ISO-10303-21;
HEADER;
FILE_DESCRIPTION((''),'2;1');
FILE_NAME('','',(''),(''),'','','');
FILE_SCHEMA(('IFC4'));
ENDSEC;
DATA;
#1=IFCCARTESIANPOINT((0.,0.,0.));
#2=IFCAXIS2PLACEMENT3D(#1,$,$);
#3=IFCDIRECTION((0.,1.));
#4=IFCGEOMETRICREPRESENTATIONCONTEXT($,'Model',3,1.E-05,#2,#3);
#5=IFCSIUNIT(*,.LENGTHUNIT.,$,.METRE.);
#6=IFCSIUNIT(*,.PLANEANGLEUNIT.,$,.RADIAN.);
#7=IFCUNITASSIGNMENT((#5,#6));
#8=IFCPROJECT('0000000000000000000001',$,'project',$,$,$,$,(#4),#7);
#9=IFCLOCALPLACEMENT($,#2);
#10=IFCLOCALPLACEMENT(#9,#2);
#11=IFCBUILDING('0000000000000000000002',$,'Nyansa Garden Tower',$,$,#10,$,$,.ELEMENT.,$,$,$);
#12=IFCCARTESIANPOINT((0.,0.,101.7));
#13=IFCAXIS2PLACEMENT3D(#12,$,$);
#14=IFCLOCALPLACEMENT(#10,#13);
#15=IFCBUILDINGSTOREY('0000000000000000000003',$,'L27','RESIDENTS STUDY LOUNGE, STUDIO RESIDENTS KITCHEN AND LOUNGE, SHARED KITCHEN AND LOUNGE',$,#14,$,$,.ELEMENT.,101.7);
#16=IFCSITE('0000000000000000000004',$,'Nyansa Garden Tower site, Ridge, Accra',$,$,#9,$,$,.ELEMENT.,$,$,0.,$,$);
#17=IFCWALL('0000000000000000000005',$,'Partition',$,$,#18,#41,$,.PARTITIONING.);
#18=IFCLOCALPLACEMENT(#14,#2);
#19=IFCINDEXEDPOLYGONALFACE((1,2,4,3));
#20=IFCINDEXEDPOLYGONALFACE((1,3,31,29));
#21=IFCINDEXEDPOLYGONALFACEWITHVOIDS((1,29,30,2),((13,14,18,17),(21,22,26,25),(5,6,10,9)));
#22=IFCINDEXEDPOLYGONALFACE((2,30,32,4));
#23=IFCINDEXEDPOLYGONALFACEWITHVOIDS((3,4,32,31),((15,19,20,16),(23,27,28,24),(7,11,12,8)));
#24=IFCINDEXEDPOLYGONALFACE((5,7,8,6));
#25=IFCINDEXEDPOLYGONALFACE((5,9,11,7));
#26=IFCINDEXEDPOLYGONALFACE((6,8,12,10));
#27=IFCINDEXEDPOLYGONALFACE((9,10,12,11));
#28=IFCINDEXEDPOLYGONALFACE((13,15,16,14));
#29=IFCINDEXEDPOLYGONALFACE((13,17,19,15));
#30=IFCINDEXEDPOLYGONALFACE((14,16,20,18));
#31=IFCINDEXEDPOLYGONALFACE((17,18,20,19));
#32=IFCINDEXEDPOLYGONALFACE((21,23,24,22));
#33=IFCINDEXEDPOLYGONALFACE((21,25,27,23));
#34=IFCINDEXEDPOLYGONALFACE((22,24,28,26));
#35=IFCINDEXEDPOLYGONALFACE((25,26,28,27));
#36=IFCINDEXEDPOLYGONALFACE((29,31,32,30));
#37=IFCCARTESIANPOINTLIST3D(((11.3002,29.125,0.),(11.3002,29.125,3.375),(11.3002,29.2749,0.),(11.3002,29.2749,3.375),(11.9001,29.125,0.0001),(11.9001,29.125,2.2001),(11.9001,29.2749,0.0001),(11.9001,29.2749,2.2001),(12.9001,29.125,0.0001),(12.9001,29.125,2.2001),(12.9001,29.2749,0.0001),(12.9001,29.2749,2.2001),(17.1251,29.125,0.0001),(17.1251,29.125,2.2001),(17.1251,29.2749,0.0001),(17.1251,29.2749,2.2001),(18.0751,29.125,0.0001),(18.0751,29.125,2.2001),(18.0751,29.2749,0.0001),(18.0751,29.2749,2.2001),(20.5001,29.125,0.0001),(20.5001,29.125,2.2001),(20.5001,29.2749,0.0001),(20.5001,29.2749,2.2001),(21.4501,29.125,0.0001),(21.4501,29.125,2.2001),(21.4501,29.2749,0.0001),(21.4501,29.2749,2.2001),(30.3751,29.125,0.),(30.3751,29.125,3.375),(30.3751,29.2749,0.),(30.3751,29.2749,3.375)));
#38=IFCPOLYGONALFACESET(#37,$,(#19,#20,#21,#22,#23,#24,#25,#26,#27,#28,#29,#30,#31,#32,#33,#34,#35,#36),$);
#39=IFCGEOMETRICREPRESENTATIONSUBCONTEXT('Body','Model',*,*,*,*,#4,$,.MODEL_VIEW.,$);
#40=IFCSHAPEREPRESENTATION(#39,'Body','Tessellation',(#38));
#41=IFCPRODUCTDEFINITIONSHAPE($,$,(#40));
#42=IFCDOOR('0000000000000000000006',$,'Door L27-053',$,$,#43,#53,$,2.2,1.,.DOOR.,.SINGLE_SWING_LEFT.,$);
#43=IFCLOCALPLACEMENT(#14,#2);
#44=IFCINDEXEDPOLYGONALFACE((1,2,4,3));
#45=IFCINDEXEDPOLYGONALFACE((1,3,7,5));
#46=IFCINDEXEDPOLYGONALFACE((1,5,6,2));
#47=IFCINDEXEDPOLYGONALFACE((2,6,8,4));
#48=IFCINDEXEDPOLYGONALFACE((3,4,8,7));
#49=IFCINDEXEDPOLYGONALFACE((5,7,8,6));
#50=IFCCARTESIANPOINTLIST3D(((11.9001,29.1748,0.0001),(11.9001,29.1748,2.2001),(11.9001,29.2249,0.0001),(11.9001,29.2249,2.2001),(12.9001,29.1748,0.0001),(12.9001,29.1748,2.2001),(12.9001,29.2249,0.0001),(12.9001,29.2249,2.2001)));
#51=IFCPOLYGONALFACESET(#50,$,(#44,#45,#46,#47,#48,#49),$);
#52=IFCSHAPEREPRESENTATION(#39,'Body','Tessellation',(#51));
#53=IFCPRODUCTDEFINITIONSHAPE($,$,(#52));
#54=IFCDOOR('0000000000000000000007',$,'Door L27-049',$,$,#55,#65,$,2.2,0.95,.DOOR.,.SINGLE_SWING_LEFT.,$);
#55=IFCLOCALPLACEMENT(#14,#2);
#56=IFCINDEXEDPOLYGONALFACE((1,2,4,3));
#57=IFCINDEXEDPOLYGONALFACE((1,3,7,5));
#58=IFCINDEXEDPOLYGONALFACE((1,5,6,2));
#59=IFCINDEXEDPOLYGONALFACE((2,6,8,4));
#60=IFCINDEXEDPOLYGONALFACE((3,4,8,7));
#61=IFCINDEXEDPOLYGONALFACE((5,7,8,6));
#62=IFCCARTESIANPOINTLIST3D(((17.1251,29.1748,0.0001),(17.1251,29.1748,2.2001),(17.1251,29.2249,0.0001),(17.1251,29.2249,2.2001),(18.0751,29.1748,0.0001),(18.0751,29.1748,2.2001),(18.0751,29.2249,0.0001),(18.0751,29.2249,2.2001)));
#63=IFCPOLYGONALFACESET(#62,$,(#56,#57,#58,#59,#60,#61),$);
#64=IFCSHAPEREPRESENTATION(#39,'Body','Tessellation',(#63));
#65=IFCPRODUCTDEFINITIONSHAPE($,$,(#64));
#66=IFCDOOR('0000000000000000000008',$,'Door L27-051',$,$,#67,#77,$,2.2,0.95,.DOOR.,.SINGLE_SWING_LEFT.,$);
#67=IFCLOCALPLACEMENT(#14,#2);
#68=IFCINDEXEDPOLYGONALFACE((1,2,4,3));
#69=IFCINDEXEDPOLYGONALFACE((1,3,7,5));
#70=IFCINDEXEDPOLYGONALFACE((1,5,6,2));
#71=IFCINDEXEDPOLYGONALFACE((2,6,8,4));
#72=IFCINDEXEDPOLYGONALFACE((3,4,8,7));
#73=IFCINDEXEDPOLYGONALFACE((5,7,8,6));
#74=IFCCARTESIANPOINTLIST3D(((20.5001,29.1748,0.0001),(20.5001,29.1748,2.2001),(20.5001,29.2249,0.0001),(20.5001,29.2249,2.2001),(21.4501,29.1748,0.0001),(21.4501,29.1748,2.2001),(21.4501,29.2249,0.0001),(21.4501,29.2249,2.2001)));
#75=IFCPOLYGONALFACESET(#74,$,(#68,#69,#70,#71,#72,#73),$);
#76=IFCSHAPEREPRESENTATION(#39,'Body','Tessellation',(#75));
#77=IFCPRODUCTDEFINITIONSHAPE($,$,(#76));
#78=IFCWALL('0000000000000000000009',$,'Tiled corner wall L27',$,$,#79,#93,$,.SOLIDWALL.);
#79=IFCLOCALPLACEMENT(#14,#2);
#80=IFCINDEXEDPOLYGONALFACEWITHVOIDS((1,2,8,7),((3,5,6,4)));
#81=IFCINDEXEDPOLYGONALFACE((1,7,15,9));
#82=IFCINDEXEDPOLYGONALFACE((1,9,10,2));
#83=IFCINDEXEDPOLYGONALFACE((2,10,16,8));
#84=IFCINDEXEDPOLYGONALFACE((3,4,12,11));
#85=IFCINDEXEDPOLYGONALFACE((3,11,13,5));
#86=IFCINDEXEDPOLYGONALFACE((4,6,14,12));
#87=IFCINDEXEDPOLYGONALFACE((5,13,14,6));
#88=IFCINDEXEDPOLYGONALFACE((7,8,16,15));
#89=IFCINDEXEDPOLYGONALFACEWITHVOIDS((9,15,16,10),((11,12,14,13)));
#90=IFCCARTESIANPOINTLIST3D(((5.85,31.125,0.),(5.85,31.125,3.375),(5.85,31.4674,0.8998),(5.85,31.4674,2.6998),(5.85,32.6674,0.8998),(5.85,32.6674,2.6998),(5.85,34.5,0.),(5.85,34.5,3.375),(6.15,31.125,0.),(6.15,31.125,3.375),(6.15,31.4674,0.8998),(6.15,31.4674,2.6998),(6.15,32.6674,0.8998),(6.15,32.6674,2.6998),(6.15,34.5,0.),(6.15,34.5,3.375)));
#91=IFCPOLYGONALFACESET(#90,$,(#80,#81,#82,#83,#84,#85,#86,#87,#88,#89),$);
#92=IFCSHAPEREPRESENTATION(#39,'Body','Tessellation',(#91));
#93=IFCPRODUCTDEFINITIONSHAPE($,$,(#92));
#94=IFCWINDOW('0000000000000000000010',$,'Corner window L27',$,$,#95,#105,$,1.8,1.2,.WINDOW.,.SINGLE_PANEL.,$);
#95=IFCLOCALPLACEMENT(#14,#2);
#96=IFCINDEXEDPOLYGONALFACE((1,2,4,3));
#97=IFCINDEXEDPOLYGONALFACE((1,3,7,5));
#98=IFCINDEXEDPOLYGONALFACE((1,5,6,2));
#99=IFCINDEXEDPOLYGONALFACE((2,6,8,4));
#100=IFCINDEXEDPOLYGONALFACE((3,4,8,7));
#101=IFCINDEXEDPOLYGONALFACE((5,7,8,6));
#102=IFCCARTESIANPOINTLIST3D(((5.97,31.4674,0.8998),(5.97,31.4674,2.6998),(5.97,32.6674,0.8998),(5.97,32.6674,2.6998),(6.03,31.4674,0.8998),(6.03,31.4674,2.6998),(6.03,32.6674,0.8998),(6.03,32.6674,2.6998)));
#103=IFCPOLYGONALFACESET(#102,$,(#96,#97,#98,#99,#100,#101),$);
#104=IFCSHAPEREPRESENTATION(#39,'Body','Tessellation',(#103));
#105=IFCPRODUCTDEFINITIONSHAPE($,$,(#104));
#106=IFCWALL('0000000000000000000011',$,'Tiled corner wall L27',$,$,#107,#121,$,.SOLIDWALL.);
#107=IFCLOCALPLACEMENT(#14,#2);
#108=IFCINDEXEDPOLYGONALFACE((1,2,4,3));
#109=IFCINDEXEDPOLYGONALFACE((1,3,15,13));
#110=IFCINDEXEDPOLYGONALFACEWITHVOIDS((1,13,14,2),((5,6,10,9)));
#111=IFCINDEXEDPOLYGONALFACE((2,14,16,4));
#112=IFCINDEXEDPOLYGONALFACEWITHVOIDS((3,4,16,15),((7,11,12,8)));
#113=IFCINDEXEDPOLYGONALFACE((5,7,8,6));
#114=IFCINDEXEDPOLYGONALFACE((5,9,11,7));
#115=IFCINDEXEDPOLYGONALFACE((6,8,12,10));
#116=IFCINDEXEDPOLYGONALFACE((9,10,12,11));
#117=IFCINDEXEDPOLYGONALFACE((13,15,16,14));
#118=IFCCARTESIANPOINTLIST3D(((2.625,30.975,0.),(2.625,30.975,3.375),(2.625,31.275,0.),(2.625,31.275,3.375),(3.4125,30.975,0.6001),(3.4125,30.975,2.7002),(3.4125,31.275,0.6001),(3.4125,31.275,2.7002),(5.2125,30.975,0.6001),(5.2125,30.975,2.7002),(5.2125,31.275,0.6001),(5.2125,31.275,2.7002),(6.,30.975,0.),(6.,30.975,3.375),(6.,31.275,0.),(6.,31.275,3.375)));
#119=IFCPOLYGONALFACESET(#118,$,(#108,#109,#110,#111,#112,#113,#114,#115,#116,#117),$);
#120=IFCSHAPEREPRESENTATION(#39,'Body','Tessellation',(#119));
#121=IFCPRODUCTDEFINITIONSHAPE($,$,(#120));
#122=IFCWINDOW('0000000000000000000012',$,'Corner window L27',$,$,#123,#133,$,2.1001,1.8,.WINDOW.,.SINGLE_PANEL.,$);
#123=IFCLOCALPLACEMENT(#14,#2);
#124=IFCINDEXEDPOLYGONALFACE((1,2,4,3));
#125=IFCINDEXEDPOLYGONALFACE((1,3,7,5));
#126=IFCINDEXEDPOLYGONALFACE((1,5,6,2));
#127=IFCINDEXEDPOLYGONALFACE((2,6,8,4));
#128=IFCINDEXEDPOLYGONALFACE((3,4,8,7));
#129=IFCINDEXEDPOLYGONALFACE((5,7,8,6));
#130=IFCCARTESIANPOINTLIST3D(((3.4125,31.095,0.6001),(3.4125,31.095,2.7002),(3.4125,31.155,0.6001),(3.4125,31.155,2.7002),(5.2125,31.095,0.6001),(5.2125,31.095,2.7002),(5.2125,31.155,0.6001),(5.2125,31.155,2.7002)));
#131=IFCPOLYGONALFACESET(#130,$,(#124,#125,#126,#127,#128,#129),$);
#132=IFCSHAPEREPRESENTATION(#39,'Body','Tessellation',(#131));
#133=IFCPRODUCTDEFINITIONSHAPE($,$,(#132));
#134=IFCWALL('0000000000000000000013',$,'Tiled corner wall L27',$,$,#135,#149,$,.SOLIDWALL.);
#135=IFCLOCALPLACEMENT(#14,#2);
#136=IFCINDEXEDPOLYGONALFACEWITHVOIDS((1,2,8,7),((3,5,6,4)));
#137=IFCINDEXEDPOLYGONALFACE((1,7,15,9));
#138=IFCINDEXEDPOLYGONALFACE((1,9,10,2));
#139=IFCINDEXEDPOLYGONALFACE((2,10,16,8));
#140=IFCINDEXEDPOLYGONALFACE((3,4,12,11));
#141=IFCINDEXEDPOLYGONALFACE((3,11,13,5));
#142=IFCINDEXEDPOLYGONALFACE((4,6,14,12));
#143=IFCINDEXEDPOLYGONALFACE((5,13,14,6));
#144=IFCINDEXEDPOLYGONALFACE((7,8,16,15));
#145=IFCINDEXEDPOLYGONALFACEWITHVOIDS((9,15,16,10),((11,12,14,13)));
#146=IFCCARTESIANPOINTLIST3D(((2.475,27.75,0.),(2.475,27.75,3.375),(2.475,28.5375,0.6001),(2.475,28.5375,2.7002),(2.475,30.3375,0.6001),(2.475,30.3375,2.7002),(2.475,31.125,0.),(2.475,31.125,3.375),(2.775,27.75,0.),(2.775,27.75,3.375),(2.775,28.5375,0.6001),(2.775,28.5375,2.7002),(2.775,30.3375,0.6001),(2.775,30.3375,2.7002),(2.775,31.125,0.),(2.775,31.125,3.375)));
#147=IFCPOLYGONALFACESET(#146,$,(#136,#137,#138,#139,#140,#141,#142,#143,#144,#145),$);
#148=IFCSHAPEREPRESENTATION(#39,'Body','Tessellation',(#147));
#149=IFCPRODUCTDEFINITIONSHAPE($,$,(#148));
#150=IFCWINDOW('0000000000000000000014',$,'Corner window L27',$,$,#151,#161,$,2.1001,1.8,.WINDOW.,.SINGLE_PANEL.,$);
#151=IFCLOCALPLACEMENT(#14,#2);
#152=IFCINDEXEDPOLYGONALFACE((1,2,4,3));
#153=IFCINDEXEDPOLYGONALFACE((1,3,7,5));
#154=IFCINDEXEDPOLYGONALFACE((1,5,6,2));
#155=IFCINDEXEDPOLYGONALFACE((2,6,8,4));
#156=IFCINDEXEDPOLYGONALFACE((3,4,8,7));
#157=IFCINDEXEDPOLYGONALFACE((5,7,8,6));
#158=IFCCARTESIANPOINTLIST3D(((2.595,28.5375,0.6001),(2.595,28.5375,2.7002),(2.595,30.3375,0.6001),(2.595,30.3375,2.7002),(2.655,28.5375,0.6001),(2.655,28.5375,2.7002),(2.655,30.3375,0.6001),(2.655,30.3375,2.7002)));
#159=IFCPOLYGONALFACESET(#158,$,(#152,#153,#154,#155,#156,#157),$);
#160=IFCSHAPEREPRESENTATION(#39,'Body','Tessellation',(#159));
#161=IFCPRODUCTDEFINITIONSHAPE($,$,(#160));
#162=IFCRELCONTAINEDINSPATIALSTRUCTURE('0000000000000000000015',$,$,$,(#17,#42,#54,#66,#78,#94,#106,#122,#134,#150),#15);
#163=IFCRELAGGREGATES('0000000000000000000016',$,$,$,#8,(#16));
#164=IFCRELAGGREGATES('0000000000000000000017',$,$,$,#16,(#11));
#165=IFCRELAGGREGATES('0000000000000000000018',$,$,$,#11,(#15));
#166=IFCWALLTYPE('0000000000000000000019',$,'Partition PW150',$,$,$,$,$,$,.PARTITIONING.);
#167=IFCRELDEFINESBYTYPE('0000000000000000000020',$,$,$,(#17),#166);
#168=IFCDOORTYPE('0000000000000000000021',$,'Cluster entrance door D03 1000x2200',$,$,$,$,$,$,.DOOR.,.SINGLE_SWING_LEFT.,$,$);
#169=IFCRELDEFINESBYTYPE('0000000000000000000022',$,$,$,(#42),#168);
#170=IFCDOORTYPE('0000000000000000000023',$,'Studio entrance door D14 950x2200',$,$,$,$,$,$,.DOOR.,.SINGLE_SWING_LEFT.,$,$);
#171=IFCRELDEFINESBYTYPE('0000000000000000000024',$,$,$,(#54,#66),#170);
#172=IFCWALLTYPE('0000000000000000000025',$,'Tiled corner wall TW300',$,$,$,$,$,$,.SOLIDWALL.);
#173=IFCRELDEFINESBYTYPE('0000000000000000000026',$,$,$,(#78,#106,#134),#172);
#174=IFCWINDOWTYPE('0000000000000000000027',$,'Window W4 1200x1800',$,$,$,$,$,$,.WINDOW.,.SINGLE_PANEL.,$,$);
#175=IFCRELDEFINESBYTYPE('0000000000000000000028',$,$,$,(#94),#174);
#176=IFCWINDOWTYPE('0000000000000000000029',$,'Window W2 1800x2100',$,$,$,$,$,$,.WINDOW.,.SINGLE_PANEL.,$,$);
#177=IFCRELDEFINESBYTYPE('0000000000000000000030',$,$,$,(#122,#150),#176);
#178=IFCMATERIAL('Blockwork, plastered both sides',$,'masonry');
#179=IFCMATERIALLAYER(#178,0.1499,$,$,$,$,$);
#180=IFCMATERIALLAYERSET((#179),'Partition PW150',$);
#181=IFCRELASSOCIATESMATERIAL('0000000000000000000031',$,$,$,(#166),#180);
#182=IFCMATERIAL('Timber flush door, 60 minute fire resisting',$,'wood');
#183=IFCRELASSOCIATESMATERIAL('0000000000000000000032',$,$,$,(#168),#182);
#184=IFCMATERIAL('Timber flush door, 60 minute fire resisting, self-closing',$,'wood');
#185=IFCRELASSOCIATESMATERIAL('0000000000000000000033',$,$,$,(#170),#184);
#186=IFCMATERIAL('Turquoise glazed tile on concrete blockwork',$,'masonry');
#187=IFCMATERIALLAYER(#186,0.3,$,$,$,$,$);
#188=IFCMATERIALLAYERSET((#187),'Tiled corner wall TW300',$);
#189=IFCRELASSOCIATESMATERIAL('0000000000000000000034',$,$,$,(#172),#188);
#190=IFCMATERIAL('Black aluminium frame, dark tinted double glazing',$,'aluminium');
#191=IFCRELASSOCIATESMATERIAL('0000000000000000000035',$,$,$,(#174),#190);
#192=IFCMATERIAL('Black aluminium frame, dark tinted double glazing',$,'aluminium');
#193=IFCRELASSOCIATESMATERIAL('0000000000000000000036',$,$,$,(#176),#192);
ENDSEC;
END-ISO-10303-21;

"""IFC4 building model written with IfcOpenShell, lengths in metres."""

from ifc_helpers import new_model, si_unit, direction, frame, frame_2d, origin, place, context, subcontext, project, spatial, rectangle, extrude, material, layer, layer_set, type_object, element, fill, save


model = new_model("IFC4")

# Units and contexts
model_context = context("Model", 3, precision=1e-05, world=origin(), true_north=direction((0.0, 1.0)))
body_context = subcontext(model_context, "Body", "Model", "MODEL_VIEW")
ifc_project = project(units=[si_unit("LENGTHUNIT", "METRE"), si_unit("PLANEANGLEUNIT", "RADIAN")], contexts=[model_context])

# Site, building, storey
site_placement = place(None, origin())
site = spatial("IfcSite", under=ifc_project, at=site_placement, Name="Nyansa Garden Tower site, Ridge, Accra", CompositionType="ELEMENT", RefElevation=0.0)
building_placement = place(site_placement, origin())
building = spatial("IfcBuilding", under=site, at=building_placement, Name="Nyansa Garden Tower", CompositionType="ELEMENT")
storey_placement = place(building_placement, frame((0.0, 0.0, 101.7)))
storey = spatial("IfcBuildingStorey", under=building, at=storey_placement, Name="L27", Description="RESIDENTS STUDY LOUNGE, STUDIO RESIDENTS KITCHEN AND LOUNGE, SHARED KITCHEN AND LOUNGE", CompositionType="ELEMENT", Elevation=101.7)

# Wall, openings, doors
ifc_material_1 = material(Name="Blockwork, plastered both sides", Category="masonry")
ifc_layer_1 = layer(ifc_material_1, 0.1499)
ifc_layer_set_1 = layer_set([ifc_layer_1], Name="Partition PW150")
wall_type_1 = type_object("IfcWallType", Name="Partition PW150", PredefinedType="PARTITIONING", material=ifc_layer_set_1)
wall_1_placement = place(storey_placement, frame((11.3, 29.2, 0.0), z_axis=(0.0, 0.0, 1.0), x_axis=(1.0, 0.0, 0.0)))
wall_1 = element("IfcWall", 1, at=wall_1_placement, inside=storey, type_object=wall_type_1, Name="Partition", PredefinedType="PARTITIONING", context=body_context, shape_type="SweptSolid", body=[
    extrude(rectangle(XDim=19.075, YDim=0.1499, at=frame_2d((9.5376, 0.0))), origin(), (0.0, 0.0, 1.0), 3.375),
])
opening_1_placement = place(wall_1_placement, frame((5.825, 0.0, 0.0)))
opening_1 = element("IfcOpeningElement", 2, at=opening_1_placement, cuts=wall_1, PredefinedType="OPENING", context=body_context, shape_type="SweptSolid", body=[
    extrude(rectangle(XDim=0.95, YDim=2.2, at=frame_2d((0.4751, 1.1001))), frame((0.0, 0.085, 0.0), z_axis=(0.0, -1.0, 0.0), x_axis=(1.0, 0.0, 0.0)), (0.0, 0.0, 1.0), 0.1699),
])
opening_2_placement = place(wall_1_placement, frame((9.2, 0.0, 0.0)))
opening_2 = element("IfcOpeningElement", 3, at=opening_2_placement, cuts=wall_1, PredefinedType="OPENING", context=body_context, shape_type="SweptSolid", body=[
    extrude(rectangle(XDim=0.95, YDim=2.2, at=frame_2d((0.4751, 1.1001))), frame((0.0, 0.085, 0.0), z_axis=(0.0, -1.0, 0.0), x_axis=(1.0, 0.0, 0.0)), (0.0, 0.0, 1.0), 0.1699),
])
opening_3_placement = place(wall_1_placement, frame((0.6001, 0.0, 0.0)))
opening_3 = element("IfcOpeningElement", 4, at=opening_3_placement, cuts=wall_1, PredefinedType="OPENING", context=body_context, shape_type="SweptSolid", body=[
    extrude(rectangle(XDim=1.0, YDim=2.2, at=frame_2d((0.5, 1.1001))), frame((0.0, 0.085, 0.0), z_axis=(0.0, -1.0, 0.0), x_axis=(1.0, 0.0, 0.0)), (0.0, 0.0, 1.0), 0.1699),
])
ifc_material_2 = material(Name="Timber flush door, 60 minute fire resisting", Category="wood")
door_type_1 = type_object("IfcDoorType", Name="Cluster entrance door D03 1000x2200", OperationType="SINGLE_SWING_LEFT", PredefinedType="DOOR", material=ifc_material_2)
door_1_placement = place(opening_3_placement, origin())
door_1 = element("IfcDoor", 5, at=door_1_placement, inside=storey, type_object=door_type_1, Name="Door L27-053", OperationType="SINGLE_SWING_LEFT", OverallHeight=2.2, OverallWidth=1.0, PredefinedType="DOOR", context=body_context, shape_type="SweptSolid", body=[
    extrude(rectangle(XDim=1.0, YDim=2.2, at=frame_2d((0.5, 1.1001))), frame((0.0, 0.0249, 0.0), z_axis=(0.0, -1.0, 0.0), x_axis=(1.0, 0.0, 0.0)), (0.0, 0.0, 1.0), 0.05),
])
fill(opening_3, door_1)
ifc_material_3 = material(Name="Timber flush door, 60 minute fire resisting, self-closing", Category="wood")
door_type_2 = type_object("IfcDoorType", Name="Studio entrance door D14 950x2200", OperationType="SINGLE_SWING_LEFT", PredefinedType="DOOR", material=ifc_material_3)
door_2_placement = place(opening_1_placement, origin())
door_2 = element("IfcDoor", 6, at=door_2_placement, inside=storey, type_object=door_type_2, Name="Door L27-049", OperationType="SINGLE_SWING_LEFT", OverallHeight=2.2, OverallWidth=0.95, PredefinedType="DOOR", context=body_context, shape_type="SweptSolid", body=[
    extrude(rectangle(XDim=0.95, YDim=2.2, at=frame_2d((0.4751, 1.1001))), frame((0.0, 0.0249, 0.0), z_axis=(0.0, -1.0, 0.0), x_axis=(1.0, 0.0, 0.0)), (0.0, 0.0, 1.0), 0.05),
])
fill(opening_1, door_2)
door_3_placement = place(opening_2_placement, origin())
door_3 = element("IfcDoor", 7, at=door_3_placement, inside=storey, type_object=door_type_2, Name="Door L27-051", OperationType="SINGLE_SWING_LEFT", OverallHeight=2.2, OverallWidth=0.95, PredefinedType="DOOR", context=body_context, shape_type="SweptSolid", body=[
    extrude(rectangle(XDim=0.95, YDim=2.2, at=frame_2d((0.4751, 1.1001))), frame((0.0, 0.0249, 0.0), z_axis=(0.0, -1.0, 0.0), x_axis=(1.0, 0.0, 0.0)), (0.0, 0.0, 1.0), 0.05),
])
fill(opening_2, door_3)

# Walls, openings, windows
ifc_material_4 = material(Name="Turquoise glazed tile on concrete blockwork", Category="masonry")
ifc_layer_2 = layer(ifc_material_4, 0.3)
ifc_layer_set_2 = layer_set([ifc_layer_2], Name="Tiled corner wall TW300")
wall_type_2 = type_object("IfcWallType", Name="Tiled corner wall TW300", PredefinedType="SOLIDWALL", material=ifc_layer_set_2)
wall_2_placement = place(storey_placement, frame((6.0, 34.5, 0.0), z_axis=(0.0, 0.0, 1.0), x_axis=(0.0, -1.0, 0.0)))
wall_2 = element("IfcWall", 8, at=wall_2_placement, inside=storey, type_object=wall_type_2, Name="Tiled corner wall L27", PredefinedType="SOLIDWALL", context=body_context, shape_type="SweptSolid", body=[
    extrude(rectangle(XDim=3.375, YDim=0.3, at=frame_2d((1.6875, 0.0))), origin(), (0.0, 0.0, 1.0), 3.375),
])
opening_4_placement = place(wall_2_placement, frame((1.8325, 0.0, 0.8999)))
opening_4 = element("IfcOpeningElement", 9, at=opening_4_placement, cuts=wall_2, PredefinedType="OPENING", context=body_context, shape_type="SweptSolid", body=[
    extrude(rectangle(XDim=1.2, YDim=1.8, at=frame_2d((0.6001, 0.8999))), frame((0.0, 0.1599, 0.0), z_axis=(0.0, -1.0, 0.0), x_axis=(1.0, 0.0, 0.0)), (0.0, 0.0, 1.0), 0.3201),
])
ifc_material_5 = material(Name="Black aluminium frame, dark tinted double glazing", Category="aluminium")
window_type_1 = type_object("IfcWindowType", Name="Window W4 1200x1800", PartitioningType="SINGLE_PANEL", PredefinedType="WINDOW", material=ifc_material_5)
window_1_placement = place(opening_4_placement, origin())
window_1 = element("IfcWindow", 10, at=window_1_placement, inside=storey, type_object=window_type_1, Name="Corner window L27", OverallHeight=1.8, OverallWidth=1.2, PartitioningType="SINGLE_PANEL", PredefinedType="WINDOW", context=body_context, shape_type="SweptSolid", body=[
    extrude(rectangle(XDim=1.2, YDim=1.8, at=frame_2d((0.6001, 0.8999))), frame((0.0, 0.03, 0.0), z_axis=(0.0, -1.0, 0.0), x_axis=(1.0, 0.0, 0.0)), (0.0, 0.0, 1.0), 0.0601),
])
fill(opening_4, window_1)
wall_3_placement = place(storey_placement, frame((6.0, 31.125, 0.0), z_axis=(0.0, 0.0, 1.0), x_axis=(-1.0, 0.0, 0.0)))
wall_3 = element("IfcWall", 11, at=wall_3_placement, inside=storey, type_object=wall_type_2, Name="Tiled corner wall L27", PredefinedType="SOLIDWALL", context=body_context, shape_type="SweptSolid", body=[
    extrude(rectangle(XDim=3.375, YDim=0.3, at=frame_2d((1.6875, 0.0))), origin(), (0.0, 0.0, 1.0), 3.375),
])
opening_5_placement = place(wall_3_placement, frame((0.7876, 0.0, 0.6001)))
opening_5 = element("IfcOpeningElement", 12, at=opening_5_placement, cuts=wall_3, PredefinedType="OPENING", context=body_context, shape_type="SweptSolid", body=[
    extrude(rectangle(XDim=1.8, YDim=2.1001, at=frame_2d((0.8999, 1.05))), frame((0.0, 0.1599, 0.0), z_axis=(0.0, -1.0, 0.0), x_axis=(1.0, 0.0, 0.0)), (0.0, 0.0, 1.0), 0.3201),
])
ifc_material_6 = material(Name="Black aluminium frame, dark tinted double glazing", Category="aluminium")
window_type_2 = type_object("IfcWindowType", Name="Window W2 1800x2100", PartitioningType="SINGLE_PANEL", PredefinedType="WINDOW", material=ifc_material_6)
window_2_placement = place(opening_5_placement, origin())
window_2 = element("IfcWindow", 13, at=window_2_placement, inside=storey, type_object=window_type_2, Name="Corner window L27", OverallHeight=2.1001, OverallWidth=1.8, PartitioningType="SINGLE_PANEL", PredefinedType="WINDOW", context=body_context, shape_type="SweptSolid", body=[
    extrude(rectangle(XDim=1.8, YDim=2.1001, at=frame_2d((0.8999, 1.05))), frame((0.0, 0.03, 0.0), z_axis=(0.0, -1.0, 0.0), x_axis=(1.0, 0.0, 0.0)), (0.0, 0.0, 1.0), 0.0601),
])
fill(opening_5, window_2)
wall_4_placement = place(storey_placement, frame((2.625, 31.125, 0.0), z_axis=(0.0, 0.0, 1.0), x_axis=(0.0, -1.0, 0.0)))
wall_4 = element("IfcWall", 14, at=wall_4_placement, inside=storey, type_object=wall_type_2, Name="Tiled corner wall L27", PredefinedType="SOLIDWALL", context=body_context, shape_type="SweptSolid", body=[
    extrude(rectangle(XDim=3.375, YDim=0.3, at=frame_2d((1.6875, 0.0))), origin(), (0.0, 0.0, 1.0), 3.375),
])
opening_6_placement = place(wall_4_placement, frame((0.7876, 0.0, 0.6001)))
opening_6 = element("IfcOpeningElement", 15, at=opening_6_placement, cuts=wall_4, PredefinedType="OPENING", context=body_context, shape_type="SweptSolid", body=[
    extrude(rectangle(XDim=1.8, YDim=2.1001, at=frame_2d((0.8999, 1.05))), frame((0.0, 0.1599, 0.0), z_axis=(0.0, -1.0, 0.0), x_axis=(1.0, 0.0, 0.0)), (0.0, 0.0, 1.0), 0.3201),
])
window_3_placement = place(opening_6_placement, origin())
window_3 = element("IfcWindow", 16, at=window_3_placement, inside=storey, type_object=window_type_2, Name="Corner window L27", OverallHeight=2.1001, OverallWidth=1.8, PartitioningType="SINGLE_PANEL", PredefinedType="WINDOW", context=body_context, shape_type="SweptSolid", body=[
    extrude(rectangle(XDim=1.8, YDim=2.1001, at=frame_2d((0.8999, 1.05))), frame((0.0, 0.03, 0.0), z_axis=(0.0, -1.0, 0.0), x_axis=(1.0, 0.0, 0.0)), (0.0, 0.0, 1.0), 0.0601),
])
fill(opening_6, window_3)

save(model, "model.ifc")
